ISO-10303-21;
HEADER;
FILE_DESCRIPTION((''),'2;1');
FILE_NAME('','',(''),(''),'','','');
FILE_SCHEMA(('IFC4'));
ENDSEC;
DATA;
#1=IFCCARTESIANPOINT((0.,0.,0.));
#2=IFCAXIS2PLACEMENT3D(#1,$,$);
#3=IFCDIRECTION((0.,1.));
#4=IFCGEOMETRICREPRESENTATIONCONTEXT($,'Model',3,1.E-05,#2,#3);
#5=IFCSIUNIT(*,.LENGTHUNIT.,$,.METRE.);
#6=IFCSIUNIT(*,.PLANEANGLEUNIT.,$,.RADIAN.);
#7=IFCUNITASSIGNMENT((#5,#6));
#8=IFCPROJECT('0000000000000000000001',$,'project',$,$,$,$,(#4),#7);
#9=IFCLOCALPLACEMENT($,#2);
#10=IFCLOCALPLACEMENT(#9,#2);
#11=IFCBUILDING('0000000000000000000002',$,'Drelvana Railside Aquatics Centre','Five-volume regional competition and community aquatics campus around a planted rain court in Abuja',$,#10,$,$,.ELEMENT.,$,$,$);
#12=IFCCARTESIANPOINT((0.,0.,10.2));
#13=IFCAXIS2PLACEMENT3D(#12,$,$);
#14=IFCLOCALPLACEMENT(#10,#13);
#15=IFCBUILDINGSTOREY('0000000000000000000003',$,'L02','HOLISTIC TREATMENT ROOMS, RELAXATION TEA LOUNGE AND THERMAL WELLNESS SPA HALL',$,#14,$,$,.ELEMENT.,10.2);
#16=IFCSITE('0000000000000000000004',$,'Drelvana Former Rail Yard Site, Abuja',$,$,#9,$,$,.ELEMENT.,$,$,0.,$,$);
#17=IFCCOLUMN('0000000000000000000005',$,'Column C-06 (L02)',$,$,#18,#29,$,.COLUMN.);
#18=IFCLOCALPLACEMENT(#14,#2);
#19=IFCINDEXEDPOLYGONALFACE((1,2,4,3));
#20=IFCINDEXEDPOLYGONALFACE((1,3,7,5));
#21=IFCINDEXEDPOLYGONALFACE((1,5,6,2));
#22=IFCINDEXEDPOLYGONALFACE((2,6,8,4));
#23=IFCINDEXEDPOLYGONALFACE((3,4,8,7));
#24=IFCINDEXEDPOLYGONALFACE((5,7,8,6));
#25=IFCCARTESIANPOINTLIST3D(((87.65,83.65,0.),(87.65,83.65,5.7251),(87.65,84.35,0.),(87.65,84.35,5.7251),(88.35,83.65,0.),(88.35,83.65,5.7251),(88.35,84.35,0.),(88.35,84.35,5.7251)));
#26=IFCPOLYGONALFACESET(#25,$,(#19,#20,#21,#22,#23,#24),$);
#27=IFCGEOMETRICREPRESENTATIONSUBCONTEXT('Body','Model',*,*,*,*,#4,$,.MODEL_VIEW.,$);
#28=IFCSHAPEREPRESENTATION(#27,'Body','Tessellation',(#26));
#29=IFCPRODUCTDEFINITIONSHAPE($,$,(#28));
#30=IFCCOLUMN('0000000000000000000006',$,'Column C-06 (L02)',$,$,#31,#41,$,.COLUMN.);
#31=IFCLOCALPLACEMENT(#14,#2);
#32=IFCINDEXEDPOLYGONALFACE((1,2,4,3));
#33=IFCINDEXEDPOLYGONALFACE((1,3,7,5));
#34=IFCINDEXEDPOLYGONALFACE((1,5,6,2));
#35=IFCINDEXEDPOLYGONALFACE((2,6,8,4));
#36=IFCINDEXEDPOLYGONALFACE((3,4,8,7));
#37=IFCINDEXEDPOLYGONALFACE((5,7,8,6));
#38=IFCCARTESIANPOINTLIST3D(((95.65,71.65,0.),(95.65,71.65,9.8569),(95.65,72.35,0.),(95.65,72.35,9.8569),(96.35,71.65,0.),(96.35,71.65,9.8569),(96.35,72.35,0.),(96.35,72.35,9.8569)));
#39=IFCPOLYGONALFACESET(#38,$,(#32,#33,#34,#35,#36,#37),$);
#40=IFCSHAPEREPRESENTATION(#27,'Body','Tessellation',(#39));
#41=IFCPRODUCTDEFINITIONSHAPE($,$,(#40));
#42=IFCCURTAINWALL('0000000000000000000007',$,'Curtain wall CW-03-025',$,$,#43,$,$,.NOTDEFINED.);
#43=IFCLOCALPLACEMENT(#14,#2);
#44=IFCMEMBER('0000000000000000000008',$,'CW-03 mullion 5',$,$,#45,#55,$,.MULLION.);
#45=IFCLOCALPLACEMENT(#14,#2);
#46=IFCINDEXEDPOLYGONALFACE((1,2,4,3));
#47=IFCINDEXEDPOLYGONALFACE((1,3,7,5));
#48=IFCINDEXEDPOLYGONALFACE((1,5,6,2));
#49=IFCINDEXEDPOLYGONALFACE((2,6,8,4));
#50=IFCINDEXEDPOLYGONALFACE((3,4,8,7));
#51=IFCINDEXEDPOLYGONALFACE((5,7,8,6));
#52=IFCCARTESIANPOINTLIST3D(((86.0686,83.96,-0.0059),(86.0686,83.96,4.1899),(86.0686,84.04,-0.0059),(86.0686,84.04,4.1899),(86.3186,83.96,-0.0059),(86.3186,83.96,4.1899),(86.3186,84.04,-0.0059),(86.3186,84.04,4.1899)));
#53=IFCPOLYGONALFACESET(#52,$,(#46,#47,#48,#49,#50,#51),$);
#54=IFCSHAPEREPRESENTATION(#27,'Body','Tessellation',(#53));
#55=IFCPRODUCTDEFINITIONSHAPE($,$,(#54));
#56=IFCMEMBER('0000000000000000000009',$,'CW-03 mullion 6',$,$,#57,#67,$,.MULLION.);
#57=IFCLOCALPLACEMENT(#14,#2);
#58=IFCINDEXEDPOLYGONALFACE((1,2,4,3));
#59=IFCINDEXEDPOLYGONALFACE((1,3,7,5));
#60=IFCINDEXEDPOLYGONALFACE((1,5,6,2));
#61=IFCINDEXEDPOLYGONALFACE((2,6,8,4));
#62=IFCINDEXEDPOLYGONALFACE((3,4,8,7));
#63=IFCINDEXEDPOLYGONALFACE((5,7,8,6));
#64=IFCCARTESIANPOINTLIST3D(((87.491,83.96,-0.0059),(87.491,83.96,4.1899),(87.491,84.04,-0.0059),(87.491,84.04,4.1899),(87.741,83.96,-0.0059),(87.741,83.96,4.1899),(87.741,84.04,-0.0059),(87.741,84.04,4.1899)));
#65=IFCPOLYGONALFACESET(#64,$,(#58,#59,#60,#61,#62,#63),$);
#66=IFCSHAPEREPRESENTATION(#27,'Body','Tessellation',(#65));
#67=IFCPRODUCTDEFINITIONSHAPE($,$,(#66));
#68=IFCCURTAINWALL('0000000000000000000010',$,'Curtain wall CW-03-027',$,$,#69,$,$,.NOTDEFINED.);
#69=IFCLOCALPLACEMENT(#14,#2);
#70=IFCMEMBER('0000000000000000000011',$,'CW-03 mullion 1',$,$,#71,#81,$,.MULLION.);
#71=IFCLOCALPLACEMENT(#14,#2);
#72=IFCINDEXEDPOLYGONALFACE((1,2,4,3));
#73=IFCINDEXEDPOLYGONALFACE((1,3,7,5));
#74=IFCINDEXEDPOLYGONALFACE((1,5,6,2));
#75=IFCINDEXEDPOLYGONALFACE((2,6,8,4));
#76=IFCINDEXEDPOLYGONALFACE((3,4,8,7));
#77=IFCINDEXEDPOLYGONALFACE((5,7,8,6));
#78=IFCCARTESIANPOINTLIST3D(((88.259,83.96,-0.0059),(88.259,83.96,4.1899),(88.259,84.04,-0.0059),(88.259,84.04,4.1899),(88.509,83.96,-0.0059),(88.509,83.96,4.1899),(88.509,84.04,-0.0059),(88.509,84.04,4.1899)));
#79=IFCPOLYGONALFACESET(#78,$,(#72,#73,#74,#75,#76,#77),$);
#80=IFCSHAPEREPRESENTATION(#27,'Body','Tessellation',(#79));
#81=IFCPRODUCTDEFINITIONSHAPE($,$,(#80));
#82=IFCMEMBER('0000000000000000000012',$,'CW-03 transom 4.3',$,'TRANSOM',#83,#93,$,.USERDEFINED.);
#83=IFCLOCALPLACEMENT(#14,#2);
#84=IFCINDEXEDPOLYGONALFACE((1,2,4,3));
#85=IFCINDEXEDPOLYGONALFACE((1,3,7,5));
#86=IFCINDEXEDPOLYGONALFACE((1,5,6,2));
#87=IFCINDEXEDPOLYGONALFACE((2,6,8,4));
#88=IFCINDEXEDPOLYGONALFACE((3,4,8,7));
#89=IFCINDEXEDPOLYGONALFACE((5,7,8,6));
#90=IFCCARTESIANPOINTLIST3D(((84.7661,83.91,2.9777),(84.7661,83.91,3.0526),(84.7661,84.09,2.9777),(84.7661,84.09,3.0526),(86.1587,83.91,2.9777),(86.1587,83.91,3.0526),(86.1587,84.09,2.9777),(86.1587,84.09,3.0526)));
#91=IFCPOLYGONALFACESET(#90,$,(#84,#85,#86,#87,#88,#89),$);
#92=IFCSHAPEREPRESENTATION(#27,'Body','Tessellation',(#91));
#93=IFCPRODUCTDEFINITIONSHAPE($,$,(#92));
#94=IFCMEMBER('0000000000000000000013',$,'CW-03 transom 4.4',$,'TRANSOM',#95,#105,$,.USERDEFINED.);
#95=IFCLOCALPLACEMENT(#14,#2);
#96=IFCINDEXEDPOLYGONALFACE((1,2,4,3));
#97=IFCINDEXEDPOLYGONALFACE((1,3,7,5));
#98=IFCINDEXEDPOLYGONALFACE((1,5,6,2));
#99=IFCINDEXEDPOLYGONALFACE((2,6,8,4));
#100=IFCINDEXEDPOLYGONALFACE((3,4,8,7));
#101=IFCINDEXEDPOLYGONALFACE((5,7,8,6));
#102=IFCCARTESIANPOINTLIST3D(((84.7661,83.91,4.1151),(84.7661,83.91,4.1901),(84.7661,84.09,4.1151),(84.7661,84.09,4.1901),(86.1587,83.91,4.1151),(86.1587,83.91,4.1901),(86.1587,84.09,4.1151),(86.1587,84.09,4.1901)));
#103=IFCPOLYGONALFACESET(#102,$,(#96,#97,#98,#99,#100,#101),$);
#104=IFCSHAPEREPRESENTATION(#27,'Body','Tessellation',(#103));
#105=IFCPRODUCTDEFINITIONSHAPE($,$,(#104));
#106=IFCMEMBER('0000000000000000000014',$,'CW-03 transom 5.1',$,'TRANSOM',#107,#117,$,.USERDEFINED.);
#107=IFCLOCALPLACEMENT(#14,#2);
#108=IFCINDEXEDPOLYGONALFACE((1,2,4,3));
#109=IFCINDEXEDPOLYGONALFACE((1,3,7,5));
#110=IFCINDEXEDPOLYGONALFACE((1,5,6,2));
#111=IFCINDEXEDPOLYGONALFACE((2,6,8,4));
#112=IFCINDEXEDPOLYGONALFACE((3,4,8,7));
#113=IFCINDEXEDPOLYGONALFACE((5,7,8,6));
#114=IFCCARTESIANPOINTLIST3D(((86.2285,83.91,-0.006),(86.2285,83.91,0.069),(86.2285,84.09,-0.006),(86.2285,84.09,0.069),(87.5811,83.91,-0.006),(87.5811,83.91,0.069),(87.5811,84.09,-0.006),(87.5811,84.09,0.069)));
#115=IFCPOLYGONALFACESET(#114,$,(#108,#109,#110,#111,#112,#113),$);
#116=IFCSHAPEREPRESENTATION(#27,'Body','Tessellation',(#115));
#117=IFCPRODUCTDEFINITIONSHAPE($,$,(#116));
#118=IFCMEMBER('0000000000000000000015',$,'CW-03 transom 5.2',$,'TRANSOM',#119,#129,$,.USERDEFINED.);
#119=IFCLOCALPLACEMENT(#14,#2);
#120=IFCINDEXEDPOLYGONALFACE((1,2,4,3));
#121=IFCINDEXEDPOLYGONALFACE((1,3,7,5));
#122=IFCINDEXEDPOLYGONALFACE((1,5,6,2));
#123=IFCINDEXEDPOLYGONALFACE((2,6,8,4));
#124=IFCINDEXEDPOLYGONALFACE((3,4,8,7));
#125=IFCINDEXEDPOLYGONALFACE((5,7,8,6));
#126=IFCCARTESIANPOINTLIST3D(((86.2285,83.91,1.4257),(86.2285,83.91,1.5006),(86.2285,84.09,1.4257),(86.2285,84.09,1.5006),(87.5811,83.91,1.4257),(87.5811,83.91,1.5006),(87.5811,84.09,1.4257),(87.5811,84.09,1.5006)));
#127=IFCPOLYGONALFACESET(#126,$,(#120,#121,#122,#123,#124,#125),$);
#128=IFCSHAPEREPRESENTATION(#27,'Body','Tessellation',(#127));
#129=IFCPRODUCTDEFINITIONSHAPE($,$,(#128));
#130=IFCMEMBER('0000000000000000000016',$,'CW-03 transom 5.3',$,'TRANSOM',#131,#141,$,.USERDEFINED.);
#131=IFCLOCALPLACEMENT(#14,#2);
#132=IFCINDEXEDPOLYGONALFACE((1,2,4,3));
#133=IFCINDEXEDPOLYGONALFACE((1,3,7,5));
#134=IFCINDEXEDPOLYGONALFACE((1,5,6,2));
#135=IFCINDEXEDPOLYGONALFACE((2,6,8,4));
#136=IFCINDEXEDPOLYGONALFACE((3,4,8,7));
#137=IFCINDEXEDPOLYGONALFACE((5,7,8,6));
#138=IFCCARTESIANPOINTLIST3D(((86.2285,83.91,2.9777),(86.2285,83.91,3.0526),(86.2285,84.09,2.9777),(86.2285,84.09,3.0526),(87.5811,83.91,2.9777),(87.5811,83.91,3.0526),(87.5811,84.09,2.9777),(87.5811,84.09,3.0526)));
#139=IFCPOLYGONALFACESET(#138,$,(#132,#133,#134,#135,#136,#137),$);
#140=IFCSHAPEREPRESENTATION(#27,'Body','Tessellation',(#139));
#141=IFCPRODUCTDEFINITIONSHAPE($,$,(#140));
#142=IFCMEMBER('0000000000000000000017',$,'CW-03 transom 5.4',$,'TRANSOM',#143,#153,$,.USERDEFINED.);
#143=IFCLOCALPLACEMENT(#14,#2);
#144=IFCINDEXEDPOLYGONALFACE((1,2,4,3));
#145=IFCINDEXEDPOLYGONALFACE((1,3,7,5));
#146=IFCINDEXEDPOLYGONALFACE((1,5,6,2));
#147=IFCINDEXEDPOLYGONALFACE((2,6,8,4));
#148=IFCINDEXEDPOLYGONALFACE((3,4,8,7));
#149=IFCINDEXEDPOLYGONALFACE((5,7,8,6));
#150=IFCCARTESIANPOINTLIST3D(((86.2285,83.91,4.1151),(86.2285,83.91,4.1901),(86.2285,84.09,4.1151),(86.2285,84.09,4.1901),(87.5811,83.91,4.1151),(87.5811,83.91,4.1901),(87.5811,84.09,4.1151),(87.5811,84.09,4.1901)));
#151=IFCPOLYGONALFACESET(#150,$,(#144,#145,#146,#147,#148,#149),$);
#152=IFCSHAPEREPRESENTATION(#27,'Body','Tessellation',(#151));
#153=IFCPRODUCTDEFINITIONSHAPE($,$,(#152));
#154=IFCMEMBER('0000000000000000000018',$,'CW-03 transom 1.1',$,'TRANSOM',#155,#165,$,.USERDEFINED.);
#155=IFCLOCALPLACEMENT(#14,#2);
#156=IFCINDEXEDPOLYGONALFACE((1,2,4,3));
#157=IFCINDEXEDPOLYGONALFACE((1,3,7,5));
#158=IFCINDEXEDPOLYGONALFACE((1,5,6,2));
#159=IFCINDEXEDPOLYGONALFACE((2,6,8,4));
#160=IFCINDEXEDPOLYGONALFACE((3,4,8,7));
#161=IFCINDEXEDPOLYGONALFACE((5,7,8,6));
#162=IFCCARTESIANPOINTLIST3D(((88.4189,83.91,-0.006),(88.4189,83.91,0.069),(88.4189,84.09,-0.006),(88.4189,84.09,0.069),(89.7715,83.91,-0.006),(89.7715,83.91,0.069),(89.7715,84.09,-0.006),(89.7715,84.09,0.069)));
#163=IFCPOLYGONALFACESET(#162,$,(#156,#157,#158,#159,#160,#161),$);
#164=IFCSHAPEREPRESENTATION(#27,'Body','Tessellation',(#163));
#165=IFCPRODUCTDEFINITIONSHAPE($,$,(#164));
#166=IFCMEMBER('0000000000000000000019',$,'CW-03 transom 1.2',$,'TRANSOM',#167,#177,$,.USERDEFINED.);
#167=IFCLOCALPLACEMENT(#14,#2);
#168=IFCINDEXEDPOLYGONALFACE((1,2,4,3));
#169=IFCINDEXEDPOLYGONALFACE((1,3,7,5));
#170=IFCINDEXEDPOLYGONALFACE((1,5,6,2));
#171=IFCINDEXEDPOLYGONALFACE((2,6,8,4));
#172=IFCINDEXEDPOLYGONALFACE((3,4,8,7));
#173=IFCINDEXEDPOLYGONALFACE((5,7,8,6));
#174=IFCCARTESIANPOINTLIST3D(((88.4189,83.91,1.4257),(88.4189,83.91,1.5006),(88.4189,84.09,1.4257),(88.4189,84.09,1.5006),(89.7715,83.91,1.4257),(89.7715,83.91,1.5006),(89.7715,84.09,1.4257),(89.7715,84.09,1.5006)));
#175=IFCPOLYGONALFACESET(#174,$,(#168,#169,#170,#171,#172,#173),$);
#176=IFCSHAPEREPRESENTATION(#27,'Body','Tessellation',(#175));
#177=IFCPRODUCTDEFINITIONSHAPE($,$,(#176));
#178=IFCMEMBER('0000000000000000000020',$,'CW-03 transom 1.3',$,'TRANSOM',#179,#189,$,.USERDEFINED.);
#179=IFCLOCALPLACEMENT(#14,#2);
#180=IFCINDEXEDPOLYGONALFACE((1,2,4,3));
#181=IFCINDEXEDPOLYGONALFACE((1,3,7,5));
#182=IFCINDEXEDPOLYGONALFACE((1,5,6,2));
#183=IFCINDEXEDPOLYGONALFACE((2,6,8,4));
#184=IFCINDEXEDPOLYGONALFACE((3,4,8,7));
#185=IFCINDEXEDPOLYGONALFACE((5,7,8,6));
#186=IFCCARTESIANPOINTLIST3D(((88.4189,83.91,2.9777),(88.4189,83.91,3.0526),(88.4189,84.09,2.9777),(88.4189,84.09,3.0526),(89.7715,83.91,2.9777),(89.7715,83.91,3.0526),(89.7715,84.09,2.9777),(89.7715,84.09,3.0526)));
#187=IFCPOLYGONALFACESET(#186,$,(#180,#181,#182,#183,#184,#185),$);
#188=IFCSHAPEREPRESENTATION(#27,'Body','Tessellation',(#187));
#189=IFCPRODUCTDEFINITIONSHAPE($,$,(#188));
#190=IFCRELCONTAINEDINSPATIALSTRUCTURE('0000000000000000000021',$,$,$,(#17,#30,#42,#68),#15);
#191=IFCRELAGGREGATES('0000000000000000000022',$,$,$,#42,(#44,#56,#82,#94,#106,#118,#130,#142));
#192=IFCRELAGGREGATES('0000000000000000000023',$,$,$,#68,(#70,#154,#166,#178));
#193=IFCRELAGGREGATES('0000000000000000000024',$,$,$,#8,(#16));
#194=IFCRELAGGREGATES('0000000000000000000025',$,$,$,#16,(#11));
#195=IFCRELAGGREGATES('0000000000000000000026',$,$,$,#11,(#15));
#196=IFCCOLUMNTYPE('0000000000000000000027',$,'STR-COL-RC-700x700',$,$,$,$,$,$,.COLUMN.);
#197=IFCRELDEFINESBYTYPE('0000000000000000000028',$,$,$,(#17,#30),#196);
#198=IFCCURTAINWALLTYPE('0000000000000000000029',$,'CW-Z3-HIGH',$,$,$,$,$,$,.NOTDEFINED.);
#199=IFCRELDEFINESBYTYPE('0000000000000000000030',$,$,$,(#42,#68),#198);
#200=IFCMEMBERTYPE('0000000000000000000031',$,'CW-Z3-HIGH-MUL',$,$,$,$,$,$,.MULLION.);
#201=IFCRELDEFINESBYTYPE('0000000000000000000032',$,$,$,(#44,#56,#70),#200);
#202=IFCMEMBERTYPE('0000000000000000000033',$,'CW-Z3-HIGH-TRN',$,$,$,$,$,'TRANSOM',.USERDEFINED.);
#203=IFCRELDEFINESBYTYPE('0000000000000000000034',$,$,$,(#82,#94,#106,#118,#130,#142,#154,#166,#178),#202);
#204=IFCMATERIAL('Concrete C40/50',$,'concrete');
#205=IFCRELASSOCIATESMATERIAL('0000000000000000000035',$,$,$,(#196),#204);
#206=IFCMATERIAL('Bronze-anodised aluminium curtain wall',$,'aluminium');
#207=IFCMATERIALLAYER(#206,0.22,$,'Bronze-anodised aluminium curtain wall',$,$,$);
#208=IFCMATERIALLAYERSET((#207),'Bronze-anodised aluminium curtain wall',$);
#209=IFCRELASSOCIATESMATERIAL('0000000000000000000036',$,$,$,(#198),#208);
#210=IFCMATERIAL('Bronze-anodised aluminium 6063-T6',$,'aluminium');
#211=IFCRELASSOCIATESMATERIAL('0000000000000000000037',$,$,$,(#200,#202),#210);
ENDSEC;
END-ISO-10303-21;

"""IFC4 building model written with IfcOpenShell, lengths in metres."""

from ifc_helpers import new_model, si_unit, direction, frame, origin, origin_2d, place, context, subcontext, project, spatial, rectangle, extrude, material, layer, layer_set, material_profile, profile_set, type_object, element, aggregate, save


model = new_model("IFC4")

# Units and contexts
model_context = context("Model", 3, precision=1e-05, world=origin(), true_north=direction((0.0, 1.0)))
body_context = subcontext(model_context, "Body", "Model", "MODEL_VIEW")
ifc_project = project(units=[si_unit("LENGTHUNIT", "METRE"), si_unit("PLANEANGLEUNIT", "RADIAN")], contexts=[model_context])

# Site, building, storey
site_placement = place(None, origin())
site = spatial("IfcSite", under=ifc_project, at=site_placement, Name="Drelvana Former Rail Yard Site, Abuja", CompositionType="ELEMENT", RefElevation=0.0)
building_placement = place(site_placement, origin())
building = spatial("IfcBuilding", under=site, at=building_placement, Name="Drelvana Railside Aquatics Centre", Description="Five-volume regional competition and community aquatics campus around a planted rain court in Abuja", CompositionType="ELEMENT")
storey_placement = place(building_placement, frame((0.0, 0.0, 10.2)))
storey = spatial("IfcBuildingStorey", under=building, at=storey_placement, Name="L02", Description="HOLISTIC TREATMENT ROOMS, RELAXATION TEA LOUNGE AND THERMAL WELLNESS SPA HALL", CompositionType="ELEMENT", Elevation=10.2)

# Columns
ifc_material_1 = material(Name="Concrete C40/50", Category="concrete")
ifc_material_profile_1 = material_profile(ifc_material_1, rectangle(XDim=0.7, YDim=0.7, at=origin_2d()), Name="RC 700x700")
ifc_profile_set_1 = profile_set([ifc_material_profile_1], Name="Concrete C40/50")
column_type = type_object("IfcColumnType", Name="STR-COL-RC-700x700", PredefinedType="COLUMN", material=ifc_profile_set_1)
column_1_placement = place(storey_placement, frame((88.0, 84.0, 0.0), z_axis=(0.0, 0.0, 1.0), x_axis=(1.0, 0.0, 0.0)))
element("IfcColumn", 1, at=column_1_placement, inside=storey, type_object=column_type, Name="Column C-06 (L02)", PredefinedType="COLUMN", context=body_context, shape_type="SweptSolid", body=[
    extrude(rectangle(XDim=0.7, YDim=0.7, at=origin_2d()), origin(), (0.0, 0.0, 1.0), 5.7251),
])
column_2_placement = place(storey_placement, frame((96.0, 72.0, 0.0), z_axis=(0.0, 0.0, 1.0), x_axis=(1.0, 0.0, 0.0)))
element("IfcColumn", 2, at=column_2_placement, inside=storey, type_object=column_type, Name="Column C-06 (L02)", PredefinedType="COLUMN", context=body_context, shape_type="SweptSolid", body=[
    extrude(rectangle(XDim=0.7, YDim=0.7, at=origin_2d()), origin(), (0.0, 0.0, 1.0), 9.8569),
])

# Curtain wall, members
ifc_material_2 = material(Name="Bronze-anodised aluminium curtain wall", Category="aluminium")
ifc_layer_1 = layer(ifc_material_2, 0.22, Name="Bronze-anodised aluminium curtain wall")
ifc_layer_set_1 = layer_set([ifc_layer_1], Name="Bronze-anodised aluminium curtain wall")
curtain_wall_type = type_object("IfcCurtainWallType", Name="CW-Z3-HIGH", PredefinedType="NOTDEFINED", material=ifc_layer_set_1)
curtain_wall_1_placement = place(storey_placement, origin())
curtain_wall_1 = element("IfcCurtainWall", 3, at=curtain_wall_1_placement, inside=storey, type_object=curtain_wall_type, Name="Curtain wall CW-03-025", PredefinedType="NOTDEFINED")
ifc_material_3 = material(Name="Bronze-anodised aluminium 6063-T6", Category="aluminium")
ifc_material_profile_2 = material_profile(ifc_material_3, rectangle(XDim=0.0801, YDim=0.25, at=origin_2d()), Name="ALU-M 80x250")
ifc_profile_set_2 = profile_set([ifc_material_profile_2], Name="Bronze-anodised aluminium 6063-T6")
member_type_1 = type_object("IfcMemberType", Name="CW-Z3-HIGH-MUL", PredefinedType="MULLION", material=ifc_profile_set_2)
member_1_placement = place(storey_placement, frame((86.1936, 84.0, -0.0059), z_axis=(0.0, 0.0, 1.0), x_axis=(0.0, 1.0, 0.0)))
member_1 = element("IfcMember", 4, at=member_1_placement, type_object=member_type_1, Name="CW-03 mullion 5", PredefinedType="MULLION", context=body_context, shape_type="SweptSolid", body=[
    extrude(rectangle(XDim=0.0801, YDim=0.25, at=origin_2d()), origin(), (0.0, 0.0, 1.0), 4.1958),
])
member_2_placement = place(storey_placement, frame((87.616, 84.0, -0.0059), z_axis=(0.0, 0.0, 1.0), x_axis=(0.0, 1.0, 0.0)))
member_2 = element("IfcMember", 5, at=member_2_placement, type_object=member_type_1, Name="CW-03 mullion 6", PredefinedType="MULLION", context=body_context, shape_type="SweptSolid", body=[
    extrude(rectangle(XDim=0.0801, YDim=0.25, at=origin_2d()), origin(), (0.0, 0.0, 1.0), 4.1958),
])

# Curtain wall, member
curtain_wall_2_placement = place(storey_placement, origin())
curtain_wall_2 = element("IfcCurtainWall", 6, at=curtain_wall_2_placement, inside=storey, type_object=curtain_wall_type, Name="Curtain wall CW-03-027", PredefinedType="NOTDEFINED")
member_3_placement = place(storey_placement, frame((88.384, 84.0, -0.0059), z_axis=(0.0, 0.0, 1.0), x_axis=(0.0, 1.0, 0.0)))
member_3 = element("IfcMember", 7, at=member_3_placement, type_object=member_type_1, Name="CW-03 mullion 1", PredefinedType="MULLION", context=body_context, shape_type="SweptSolid", body=[
    extrude(rectangle(XDim=0.0801, YDim=0.25, at=origin_2d()), origin(), (0.0, 0.0, 1.0), 4.1958),
])

# Members
ifc_material_profile_3 = material_profile(ifc_material_3, rectangle(XDim=0.1799, YDim=0.075, at=origin_2d()), Name="ALU-T 75x180")
ifc_profile_set_3 = profile_set([ifc_material_profile_3], Name="Bronze-anodised aluminium 6063-T6")
member_type_2 = type_object("IfcMemberType", Name="CW-Z3-HIGH-TRN", ElementType="TRANSOM", PredefinedType="USERDEFINED", material=ifc_profile_set_3)
member_4_placement = place(storey_placement, frame((84.7661, 84.0, 3.0151), z_axis=(1.0, 0.0, 0.0), x_axis=(0.0, 1.0, 0.0)))
member_4 = element("IfcMember", 8, at=member_4_placement, type_object=member_type_2, Name="CW-03 transom 4.3", ObjectType="TRANSOM", PredefinedType="USERDEFINED", context=body_context, shape_type="SweptSolid", body=[
    extrude(rectangle(XDim=0.1799, YDim=0.075, at=origin_2d()), origin(), (0.0, 0.0, 1.0), 1.3926),
])
member_5_placement = place(storey_placement, frame((84.7661, 84.0, 4.1526), z_axis=(1.0, 0.0, 0.0), x_axis=(0.0, 1.0, 0.0)))
member_5 = element("IfcMember", 9, at=member_5_placement, type_object=member_type_2, Name="CW-03 transom 4.4", ObjectType="TRANSOM", PredefinedType="USERDEFINED", context=body_context, shape_type="SweptSolid", body=[
    extrude(rectangle(XDim=0.1799, YDim=0.075, at=origin_2d()), origin(), (0.0, 0.0, 1.0), 1.3926),
])
member_6_placement = place(storey_placement, frame((86.2285, 84.0, 0.0315), z_axis=(1.0, 0.0, 0.0), x_axis=(0.0, 1.0, 0.0)))
member_6 = element("IfcMember", 10, at=member_6_placement, type_object=member_type_2, Name="CW-03 transom 5.1", ObjectType="TRANSOM", PredefinedType="USERDEFINED", context=body_context, shape_type="SweptSolid", body=[
    extrude(rectangle(XDim=0.1799, YDim=0.075, at=origin_2d()), origin(), (0.0, 0.0, 1.0), 1.3525),
])
member_7_placement = place(storey_placement, frame((86.2285, 84.0, 1.4631), z_axis=(1.0, 0.0, 0.0), x_axis=(0.0, 1.0, 0.0)))
member_7 = element("IfcMember", 11, at=member_7_placement, type_object=member_type_2, Name="CW-03 transom 5.2", ObjectType="TRANSOM", PredefinedType="USERDEFINED", context=body_context, shape_type="SweptSolid", body=[
    extrude(rectangle(XDim=0.1799, YDim=0.075, at=origin_2d()), origin(), (0.0, 0.0, 1.0), 1.3525),
])
member_8_placement = place(storey_placement, frame((86.2285, 84.0, 3.0151), z_axis=(1.0, 0.0, 0.0), x_axis=(0.0, 1.0, 0.0)))
member_8 = element("IfcMember", 12, at=member_8_placement, type_object=member_type_2, Name="CW-03 transom 5.3", ObjectType="TRANSOM", PredefinedType="USERDEFINED", context=body_context, shape_type="SweptSolid", body=[
    extrude(rectangle(XDim=0.1799, YDim=0.075, at=origin_2d()), origin(), (0.0, 0.0, 1.0), 1.3525),
])
member_9_placement = place(storey_placement, frame((86.2285, 84.0, 4.1526), z_axis=(1.0, 0.0, 0.0), x_axis=(0.0, 1.0, 0.0)))
member_9 = element("IfcMember", 13, at=member_9_placement, type_object=member_type_2, Name="CW-03 transom 5.4", ObjectType="TRANSOM", PredefinedType="USERDEFINED", context=body_context, shape_type="SweptSolid", body=[
    extrude(rectangle(XDim=0.1799, YDim=0.075, at=origin_2d()), origin(), (0.0, 0.0, 1.0), 1.3525),
])
member_10_placement = place(storey_placement, frame((88.4189, 84.0, 0.0315), z_axis=(1.0, 0.0, 0.0), x_axis=(0.0, 1.0, 0.0)))
member_10 = element("IfcMember", 14, at=member_10_placement, type_object=member_type_2, Name="CW-03 transom 1.1", ObjectType="TRANSOM", PredefinedType="USERDEFINED", context=body_context, shape_type="SweptSolid", body=[
    extrude(rectangle(XDim=0.1799, YDim=0.075, at=origin_2d()), origin(), (0.0, 0.0, 1.0), 1.3525),
])
member_11_placement = place(storey_placement, frame((88.4189, 84.0, 1.4631), z_axis=(1.0, 0.0, 0.0), x_axis=(0.0, 1.0, 0.0)))
member_11 = element("IfcMember", 15, at=member_11_placement, type_object=member_type_2, Name="CW-03 transom 1.2", ObjectType="TRANSOM", PredefinedType="USERDEFINED", context=body_context, shape_type="SweptSolid", body=[
    extrude(rectangle(XDim=0.1799, YDim=0.075, at=origin_2d()), origin(), (0.0, 0.0, 1.0), 1.3525),
])
member_12_placement = place(storey_placement, frame((88.4189, 84.0, 3.0151), z_axis=(1.0, 0.0, 0.0), x_axis=(0.0, 1.0, 0.0)))
member_12 = element("IfcMember", 16, at=member_12_placement, type_object=member_type_2, Name="CW-03 transom 1.3", ObjectType="TRANSOM", PredefinedType="USERDEFINED", context=body_context, shape_type="SweptSolid", body=[
    extrude(rectangle(XDim=0.1799, YDim=0.075, at=origin_2d()), origin(), (0.0, 0.0, 1.0), 1.3525),
])

aggregate(curtain_wall_1, [member_1, member_2, member_4, member_5, member_6, member_7, member_8, member_9])
aggregate(curtain_wall_2, [member_3, member_10, member_11, member_12])

save(model, "model.ifc")
